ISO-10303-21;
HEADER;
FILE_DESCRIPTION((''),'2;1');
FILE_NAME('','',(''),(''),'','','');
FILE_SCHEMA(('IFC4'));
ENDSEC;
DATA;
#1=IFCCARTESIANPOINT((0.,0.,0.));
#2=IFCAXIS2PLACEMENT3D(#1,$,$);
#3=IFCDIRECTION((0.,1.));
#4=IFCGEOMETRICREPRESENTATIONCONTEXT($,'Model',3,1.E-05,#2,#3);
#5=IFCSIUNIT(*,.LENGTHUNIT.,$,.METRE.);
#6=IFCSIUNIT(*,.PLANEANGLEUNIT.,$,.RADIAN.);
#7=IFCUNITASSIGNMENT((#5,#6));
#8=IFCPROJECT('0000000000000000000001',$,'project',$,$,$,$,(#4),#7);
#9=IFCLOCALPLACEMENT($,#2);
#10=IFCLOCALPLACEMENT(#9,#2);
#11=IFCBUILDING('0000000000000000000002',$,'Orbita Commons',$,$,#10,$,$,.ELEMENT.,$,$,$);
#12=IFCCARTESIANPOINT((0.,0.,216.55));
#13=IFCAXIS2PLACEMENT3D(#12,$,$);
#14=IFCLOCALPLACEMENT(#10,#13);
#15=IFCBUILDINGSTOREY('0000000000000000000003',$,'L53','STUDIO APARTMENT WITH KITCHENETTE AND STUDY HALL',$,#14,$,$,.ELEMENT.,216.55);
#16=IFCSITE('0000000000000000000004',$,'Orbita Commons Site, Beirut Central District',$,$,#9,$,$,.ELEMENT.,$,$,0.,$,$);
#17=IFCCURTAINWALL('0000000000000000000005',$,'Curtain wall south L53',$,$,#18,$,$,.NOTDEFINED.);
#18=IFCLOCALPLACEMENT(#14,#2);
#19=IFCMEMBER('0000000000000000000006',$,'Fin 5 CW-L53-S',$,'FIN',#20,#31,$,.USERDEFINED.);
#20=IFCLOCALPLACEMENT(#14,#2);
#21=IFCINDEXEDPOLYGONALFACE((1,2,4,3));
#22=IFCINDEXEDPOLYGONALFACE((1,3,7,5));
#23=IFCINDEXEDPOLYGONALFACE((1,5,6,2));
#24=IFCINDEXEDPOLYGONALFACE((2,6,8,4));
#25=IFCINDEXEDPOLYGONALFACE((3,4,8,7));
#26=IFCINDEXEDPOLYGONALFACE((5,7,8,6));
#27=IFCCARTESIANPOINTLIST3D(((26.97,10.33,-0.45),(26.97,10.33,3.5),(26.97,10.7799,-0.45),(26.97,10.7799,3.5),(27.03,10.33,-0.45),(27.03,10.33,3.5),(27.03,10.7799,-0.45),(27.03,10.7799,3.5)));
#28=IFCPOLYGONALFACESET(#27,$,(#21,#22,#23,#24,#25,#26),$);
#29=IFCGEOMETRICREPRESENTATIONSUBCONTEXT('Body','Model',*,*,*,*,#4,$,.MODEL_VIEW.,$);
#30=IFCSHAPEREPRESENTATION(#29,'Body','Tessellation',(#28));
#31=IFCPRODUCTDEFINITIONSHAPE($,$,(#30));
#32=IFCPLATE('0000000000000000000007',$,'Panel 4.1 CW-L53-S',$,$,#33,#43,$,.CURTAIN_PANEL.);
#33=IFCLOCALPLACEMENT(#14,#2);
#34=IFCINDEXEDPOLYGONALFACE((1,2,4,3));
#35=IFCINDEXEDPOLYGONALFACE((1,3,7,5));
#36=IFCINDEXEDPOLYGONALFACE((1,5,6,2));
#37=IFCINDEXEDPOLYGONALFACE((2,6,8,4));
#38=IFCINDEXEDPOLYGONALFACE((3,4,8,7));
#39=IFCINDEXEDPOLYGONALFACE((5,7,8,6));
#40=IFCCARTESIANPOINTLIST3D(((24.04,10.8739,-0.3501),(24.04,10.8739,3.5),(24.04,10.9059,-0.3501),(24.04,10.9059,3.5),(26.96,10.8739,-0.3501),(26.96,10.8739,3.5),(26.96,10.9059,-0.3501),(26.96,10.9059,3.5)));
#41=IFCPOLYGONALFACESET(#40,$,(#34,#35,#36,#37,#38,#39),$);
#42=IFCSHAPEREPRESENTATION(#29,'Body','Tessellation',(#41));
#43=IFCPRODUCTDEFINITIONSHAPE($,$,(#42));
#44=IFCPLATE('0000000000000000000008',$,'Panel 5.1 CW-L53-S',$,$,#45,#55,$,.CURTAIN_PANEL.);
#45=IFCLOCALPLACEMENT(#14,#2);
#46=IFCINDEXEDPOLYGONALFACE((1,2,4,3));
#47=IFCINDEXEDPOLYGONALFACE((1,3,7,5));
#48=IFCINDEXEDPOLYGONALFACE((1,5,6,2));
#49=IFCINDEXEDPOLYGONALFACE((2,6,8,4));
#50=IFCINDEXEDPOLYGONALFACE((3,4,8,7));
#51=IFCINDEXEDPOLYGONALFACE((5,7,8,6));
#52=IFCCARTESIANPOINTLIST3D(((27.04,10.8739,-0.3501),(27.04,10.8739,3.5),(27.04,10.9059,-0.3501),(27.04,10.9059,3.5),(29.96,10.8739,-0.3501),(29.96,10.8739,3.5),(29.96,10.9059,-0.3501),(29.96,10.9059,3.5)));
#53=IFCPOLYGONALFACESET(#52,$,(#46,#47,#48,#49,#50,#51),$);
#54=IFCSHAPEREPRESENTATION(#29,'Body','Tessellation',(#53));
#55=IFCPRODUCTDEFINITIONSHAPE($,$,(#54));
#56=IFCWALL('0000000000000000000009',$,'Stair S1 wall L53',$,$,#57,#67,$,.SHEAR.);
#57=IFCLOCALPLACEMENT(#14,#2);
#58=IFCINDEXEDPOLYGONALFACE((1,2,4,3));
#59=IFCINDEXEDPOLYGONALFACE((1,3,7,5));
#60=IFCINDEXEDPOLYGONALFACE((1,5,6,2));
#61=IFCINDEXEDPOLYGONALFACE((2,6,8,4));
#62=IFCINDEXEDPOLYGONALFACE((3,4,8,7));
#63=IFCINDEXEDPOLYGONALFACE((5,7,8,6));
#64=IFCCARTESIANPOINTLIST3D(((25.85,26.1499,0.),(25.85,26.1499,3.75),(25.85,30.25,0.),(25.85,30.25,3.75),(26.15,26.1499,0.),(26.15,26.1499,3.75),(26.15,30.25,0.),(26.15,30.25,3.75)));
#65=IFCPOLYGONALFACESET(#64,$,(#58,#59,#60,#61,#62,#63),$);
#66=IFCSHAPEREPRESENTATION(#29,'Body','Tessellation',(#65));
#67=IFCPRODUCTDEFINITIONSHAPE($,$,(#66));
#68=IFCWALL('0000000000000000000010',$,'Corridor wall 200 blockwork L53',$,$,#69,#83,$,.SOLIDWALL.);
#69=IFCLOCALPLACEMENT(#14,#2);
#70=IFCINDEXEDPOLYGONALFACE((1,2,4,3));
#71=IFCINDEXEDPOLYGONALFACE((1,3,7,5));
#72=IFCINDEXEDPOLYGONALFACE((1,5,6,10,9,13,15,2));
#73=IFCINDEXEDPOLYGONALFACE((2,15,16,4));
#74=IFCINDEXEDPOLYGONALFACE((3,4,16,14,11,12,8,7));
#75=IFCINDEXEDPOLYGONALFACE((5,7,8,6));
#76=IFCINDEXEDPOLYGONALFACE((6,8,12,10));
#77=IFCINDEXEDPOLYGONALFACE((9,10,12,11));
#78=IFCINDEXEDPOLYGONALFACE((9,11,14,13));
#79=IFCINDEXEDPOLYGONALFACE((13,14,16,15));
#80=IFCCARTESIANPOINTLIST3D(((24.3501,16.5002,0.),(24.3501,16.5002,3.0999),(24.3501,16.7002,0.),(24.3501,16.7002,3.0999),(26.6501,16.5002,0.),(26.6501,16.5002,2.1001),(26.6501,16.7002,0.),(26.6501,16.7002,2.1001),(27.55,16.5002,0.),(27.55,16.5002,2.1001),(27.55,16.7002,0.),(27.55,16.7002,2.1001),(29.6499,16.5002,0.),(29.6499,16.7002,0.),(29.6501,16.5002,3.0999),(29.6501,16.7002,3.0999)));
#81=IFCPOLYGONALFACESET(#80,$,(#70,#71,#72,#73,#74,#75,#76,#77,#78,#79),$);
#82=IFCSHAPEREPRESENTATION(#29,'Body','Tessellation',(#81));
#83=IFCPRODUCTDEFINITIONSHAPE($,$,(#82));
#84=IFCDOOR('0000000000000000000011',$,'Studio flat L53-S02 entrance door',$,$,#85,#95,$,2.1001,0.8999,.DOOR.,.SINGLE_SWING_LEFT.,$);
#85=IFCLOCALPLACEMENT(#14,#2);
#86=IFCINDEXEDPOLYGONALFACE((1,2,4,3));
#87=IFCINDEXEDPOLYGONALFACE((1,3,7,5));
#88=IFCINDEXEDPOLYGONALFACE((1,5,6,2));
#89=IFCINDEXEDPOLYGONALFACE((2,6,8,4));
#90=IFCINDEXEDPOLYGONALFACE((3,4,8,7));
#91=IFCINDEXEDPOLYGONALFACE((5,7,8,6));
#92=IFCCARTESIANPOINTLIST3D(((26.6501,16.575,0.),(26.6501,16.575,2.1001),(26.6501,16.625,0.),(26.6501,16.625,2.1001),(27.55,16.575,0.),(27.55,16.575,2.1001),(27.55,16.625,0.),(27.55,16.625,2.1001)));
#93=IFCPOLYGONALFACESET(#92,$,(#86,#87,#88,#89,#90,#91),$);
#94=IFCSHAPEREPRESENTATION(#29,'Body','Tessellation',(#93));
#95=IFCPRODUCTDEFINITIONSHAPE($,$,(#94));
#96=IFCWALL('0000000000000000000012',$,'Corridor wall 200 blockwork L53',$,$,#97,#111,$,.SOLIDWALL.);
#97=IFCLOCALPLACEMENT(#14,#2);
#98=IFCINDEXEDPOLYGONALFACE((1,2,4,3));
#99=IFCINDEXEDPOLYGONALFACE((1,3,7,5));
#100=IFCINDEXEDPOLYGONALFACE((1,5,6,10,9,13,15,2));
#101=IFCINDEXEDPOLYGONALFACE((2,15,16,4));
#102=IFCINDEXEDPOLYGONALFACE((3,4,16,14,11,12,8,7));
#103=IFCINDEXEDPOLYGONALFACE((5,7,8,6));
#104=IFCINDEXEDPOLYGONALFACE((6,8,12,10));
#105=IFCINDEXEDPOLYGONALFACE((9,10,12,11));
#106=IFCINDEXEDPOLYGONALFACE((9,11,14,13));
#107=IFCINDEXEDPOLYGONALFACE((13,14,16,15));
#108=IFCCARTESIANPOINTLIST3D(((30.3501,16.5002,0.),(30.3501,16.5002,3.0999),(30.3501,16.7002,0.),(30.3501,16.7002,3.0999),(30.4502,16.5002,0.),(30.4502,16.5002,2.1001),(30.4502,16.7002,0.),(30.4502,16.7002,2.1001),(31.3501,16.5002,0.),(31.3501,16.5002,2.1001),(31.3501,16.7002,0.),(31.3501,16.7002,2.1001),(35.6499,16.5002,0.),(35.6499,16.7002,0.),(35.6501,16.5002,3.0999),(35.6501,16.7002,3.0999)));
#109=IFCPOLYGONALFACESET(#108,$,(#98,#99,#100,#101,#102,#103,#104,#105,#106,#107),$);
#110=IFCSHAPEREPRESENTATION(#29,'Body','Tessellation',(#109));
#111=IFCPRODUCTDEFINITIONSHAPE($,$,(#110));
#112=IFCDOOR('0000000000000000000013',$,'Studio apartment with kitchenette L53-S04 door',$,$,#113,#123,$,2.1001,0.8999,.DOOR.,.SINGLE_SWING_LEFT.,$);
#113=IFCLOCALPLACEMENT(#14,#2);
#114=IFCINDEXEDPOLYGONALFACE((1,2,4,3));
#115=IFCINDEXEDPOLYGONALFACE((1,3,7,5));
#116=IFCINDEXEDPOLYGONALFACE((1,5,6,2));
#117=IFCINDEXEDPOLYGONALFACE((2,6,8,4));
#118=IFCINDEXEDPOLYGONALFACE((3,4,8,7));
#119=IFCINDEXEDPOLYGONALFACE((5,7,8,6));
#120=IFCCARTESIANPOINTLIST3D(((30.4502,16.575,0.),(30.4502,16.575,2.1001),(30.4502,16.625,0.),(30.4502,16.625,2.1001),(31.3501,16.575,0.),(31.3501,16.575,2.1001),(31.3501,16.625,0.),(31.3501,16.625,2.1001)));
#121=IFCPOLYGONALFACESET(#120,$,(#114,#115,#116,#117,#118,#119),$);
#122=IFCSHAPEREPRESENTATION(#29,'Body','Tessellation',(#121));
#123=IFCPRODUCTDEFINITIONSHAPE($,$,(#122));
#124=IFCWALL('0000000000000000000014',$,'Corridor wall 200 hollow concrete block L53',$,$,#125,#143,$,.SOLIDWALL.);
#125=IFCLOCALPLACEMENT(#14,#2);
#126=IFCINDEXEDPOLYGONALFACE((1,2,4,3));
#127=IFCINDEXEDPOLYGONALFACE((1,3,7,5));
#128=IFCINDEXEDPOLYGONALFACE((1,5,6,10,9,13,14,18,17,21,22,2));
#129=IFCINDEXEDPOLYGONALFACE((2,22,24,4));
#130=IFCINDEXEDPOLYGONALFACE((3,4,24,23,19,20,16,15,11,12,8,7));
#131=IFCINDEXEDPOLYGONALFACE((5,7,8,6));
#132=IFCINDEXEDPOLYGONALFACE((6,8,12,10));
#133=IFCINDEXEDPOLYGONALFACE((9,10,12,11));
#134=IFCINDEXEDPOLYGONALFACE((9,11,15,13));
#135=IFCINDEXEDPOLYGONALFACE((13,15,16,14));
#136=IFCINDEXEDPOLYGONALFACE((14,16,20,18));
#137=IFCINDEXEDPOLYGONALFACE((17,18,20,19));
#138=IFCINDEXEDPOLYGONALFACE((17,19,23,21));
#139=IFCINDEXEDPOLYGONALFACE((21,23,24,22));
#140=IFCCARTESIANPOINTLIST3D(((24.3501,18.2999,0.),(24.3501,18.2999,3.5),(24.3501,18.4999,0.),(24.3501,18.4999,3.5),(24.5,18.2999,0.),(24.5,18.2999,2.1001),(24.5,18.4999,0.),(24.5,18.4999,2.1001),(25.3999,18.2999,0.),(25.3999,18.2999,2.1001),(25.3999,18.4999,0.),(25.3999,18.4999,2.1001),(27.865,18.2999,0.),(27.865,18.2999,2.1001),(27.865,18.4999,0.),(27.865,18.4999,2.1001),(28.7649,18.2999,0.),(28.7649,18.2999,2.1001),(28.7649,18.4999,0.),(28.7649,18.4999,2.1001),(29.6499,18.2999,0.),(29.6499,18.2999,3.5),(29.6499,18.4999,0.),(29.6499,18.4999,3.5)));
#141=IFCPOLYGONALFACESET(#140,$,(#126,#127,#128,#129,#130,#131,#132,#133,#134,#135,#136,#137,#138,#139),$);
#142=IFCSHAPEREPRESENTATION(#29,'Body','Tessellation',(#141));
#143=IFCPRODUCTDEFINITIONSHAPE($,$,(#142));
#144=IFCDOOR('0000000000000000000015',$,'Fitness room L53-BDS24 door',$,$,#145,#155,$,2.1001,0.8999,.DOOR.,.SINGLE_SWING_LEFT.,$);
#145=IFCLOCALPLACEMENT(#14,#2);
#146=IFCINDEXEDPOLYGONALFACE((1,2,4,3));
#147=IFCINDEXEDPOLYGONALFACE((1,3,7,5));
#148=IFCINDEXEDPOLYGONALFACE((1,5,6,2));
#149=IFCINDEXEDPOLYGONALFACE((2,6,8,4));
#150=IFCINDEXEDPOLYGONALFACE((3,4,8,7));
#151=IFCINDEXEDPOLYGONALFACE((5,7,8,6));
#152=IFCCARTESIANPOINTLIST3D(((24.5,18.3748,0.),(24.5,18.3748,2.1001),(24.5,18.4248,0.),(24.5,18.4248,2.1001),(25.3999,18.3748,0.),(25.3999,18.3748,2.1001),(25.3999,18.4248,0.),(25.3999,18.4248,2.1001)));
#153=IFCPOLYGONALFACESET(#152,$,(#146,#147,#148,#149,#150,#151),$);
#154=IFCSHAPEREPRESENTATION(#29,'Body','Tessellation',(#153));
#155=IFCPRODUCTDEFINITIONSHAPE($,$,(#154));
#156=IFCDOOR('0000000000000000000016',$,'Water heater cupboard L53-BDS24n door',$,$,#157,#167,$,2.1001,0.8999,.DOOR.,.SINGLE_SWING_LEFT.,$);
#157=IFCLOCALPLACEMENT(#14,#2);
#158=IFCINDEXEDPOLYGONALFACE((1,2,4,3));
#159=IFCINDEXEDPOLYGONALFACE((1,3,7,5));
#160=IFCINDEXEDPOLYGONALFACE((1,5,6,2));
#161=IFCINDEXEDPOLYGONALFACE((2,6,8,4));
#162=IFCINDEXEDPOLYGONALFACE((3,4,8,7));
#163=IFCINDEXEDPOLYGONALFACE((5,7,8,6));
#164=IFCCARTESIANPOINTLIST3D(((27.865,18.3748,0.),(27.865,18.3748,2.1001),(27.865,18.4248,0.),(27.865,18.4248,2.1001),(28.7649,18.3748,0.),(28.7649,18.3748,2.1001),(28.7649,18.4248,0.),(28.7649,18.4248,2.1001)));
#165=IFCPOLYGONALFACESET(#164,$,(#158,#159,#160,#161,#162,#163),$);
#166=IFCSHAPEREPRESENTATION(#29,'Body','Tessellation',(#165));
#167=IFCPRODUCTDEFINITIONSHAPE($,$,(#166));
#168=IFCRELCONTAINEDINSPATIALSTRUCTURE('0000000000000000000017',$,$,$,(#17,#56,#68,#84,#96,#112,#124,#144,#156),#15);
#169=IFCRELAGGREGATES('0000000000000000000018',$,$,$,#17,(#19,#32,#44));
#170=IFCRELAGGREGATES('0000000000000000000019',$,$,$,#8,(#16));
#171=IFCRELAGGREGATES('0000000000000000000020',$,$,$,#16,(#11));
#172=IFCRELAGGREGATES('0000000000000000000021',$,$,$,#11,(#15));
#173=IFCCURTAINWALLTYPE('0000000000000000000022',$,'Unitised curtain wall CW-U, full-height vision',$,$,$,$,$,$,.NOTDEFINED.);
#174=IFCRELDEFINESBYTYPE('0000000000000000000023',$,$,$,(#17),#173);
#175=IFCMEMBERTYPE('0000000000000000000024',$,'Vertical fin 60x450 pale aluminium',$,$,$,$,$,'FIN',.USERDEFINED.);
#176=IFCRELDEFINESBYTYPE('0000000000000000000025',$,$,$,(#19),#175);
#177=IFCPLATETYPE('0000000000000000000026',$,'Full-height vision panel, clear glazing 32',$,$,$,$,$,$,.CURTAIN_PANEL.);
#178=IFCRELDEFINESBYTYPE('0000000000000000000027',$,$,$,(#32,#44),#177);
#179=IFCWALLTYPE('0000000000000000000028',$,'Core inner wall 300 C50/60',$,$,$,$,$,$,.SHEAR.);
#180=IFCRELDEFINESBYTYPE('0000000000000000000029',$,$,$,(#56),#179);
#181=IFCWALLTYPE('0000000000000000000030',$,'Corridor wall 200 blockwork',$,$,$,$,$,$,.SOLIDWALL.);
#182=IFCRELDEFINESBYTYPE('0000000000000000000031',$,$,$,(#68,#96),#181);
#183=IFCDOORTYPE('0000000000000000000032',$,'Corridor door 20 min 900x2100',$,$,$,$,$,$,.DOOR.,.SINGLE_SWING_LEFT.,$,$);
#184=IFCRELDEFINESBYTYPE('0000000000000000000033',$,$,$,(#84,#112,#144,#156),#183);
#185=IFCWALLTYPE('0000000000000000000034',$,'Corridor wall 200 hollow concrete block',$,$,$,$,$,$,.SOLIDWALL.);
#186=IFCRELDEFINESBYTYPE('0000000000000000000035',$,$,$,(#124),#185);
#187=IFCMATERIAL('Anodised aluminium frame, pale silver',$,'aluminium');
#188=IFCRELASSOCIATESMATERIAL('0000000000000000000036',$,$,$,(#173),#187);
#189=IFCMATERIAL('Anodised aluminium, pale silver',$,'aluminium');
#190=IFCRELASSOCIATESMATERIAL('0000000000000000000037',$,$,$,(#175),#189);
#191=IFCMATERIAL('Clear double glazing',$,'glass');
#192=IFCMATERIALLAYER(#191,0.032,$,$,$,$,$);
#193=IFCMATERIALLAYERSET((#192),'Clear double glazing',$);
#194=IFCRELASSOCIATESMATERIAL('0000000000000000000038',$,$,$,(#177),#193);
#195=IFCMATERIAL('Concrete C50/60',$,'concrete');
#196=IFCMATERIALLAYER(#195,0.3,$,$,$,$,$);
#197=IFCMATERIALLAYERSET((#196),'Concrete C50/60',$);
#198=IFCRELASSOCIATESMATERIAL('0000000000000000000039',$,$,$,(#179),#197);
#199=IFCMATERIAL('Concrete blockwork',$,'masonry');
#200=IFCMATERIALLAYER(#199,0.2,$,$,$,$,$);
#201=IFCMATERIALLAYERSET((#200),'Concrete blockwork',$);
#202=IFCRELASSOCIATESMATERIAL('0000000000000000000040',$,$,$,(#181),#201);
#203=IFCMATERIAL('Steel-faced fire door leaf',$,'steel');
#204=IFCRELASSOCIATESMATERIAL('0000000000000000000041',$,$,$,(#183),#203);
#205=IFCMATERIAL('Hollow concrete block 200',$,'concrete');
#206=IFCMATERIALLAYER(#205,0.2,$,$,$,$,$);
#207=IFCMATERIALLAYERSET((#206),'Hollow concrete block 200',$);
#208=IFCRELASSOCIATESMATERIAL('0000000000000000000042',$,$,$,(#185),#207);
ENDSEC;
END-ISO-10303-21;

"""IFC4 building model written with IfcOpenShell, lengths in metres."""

from ifc_helpers import new_model, si_unit, direction, frame, frame_2d, origin, origin_2d, place, context, subcontext, project, spatial, polyline, rectangle, outline, extrude, material, layer, layer_set, material_profile, profile_set, type_object, element, fill, aggregate, save


model = new_model("IFC4")

# Units and contexts
model_context = context("Model", 3, precision=1e-05, world=origin(), true_north=direction((0.0, 1.0)))
body_context = subcontext(model_context, "Body", "Model", "MODEL_VIEW")
ifc_project = project(units=[si_unit("LENGTHUNIT", "METRE"), si_unit("PLANEANGLEUNIT", "RADIAN")], contexts=[model_context])

# Site, building, storey
site_placement = place(None, origin())
site = spatial("IfcSite", under=ifc_project, at=site_placement, Name="Orbita Commons Site, Beirut Central District", CompositionType="ELEMENT", RefElevation=0.0)
building_placement = place(site_placement, origin())
building = spatial("IfcBuilding", under=site, at=building_placement, Name="Orbita Commons", CompositionType="ELEMENT")
storey_placement = place(building_placement, frame((0.0, 0.0, 216.55)))
storey = spatial("IfcBuildingStorey", under=building, at=storey_placement, Name="L53", Description="STUDIO APARTMENT WITH KITCHENETTE AND STUDY HALL", CompositionType="ELEMENT", Elevation=216.55)

# Curtain wall
ifc_material_1 = material(Name="Anodised aluminium frame, pale silver", Category="aluminium")
curtain_wall_type = type_object("IfcCurtainWallType", Name="Unitised curtain wall CW-U, full-height vision", PredefinedType="NOTDEFINED", material=ifc_material_1)
curtain_wall_placement = place(storey_placement, origin())
curtain_wall = element("IfcCurtainWall", 1, at=curtain_wall_placement, inside=storey, type_object=curtain_wall_type, Name="Curtain wall south L53", PredefinedType="NOTDEFINED")

# Member
ifc_material_2 = material(Name="Anodised aluminium, pale silver", Category="aluminium")
ifc_material_profile_1 = material_profile(ifc_material_2, rectangle(XDim=0.0601, YDim=0.45, at=origin_2d()), Name="FIN 60x450")
ifc_profile_set_1 = profile_set([ifc_material_profile_1], Name="Anodised aluminium, pale silver")
member_type_1 = type_object("IfcMemberType", Name="Vertical fin 60x450 pale aluminium", ElementType="FIN", PredefinedType="USERDEFINED", material=ifc_profile_set_1)
member_1_placement = place(storey_placement, frame((27.0, 10.5549, -0.45), z_axis=(0.0, 0.0, 1.0), x_axis=(1.0, 0.0, 0.0)))
member_1 = element("IfcMember", 2, at=member_1_placement, type_object=member_type_1, Name="Fin 5 CW-L53-S", ObjectType="FIN", PredefinedType="USERDEFINED", context=body_context, shape_type="SweptSolid", body=[
    extrude(rectangle(XDim=0.0601, YDim=0.45, at=origin_2d()), origin(), (0.0, 0.0, 1.0), 3.95),
])

# Plates
ifc_material_3 = material(Name="Clear double glazing", Category="glass")
ifc_layer_1 = layer(ifc_material_3, 0.032)
ifc_layer_set_1 = layer_set([ifc_layer_1], Name="Clear double glazing")
plate_type = type_object("IfcPlateType", Name="Full-height vision panel, clear glazing 32", PredefinedType="CURTAIN_PANEL", material=ifc_layer_set_1)
plate_1_placement = place(storey_placement, frame((25.5, 10.8899, -0.3501), z_axis=(0.0, 0.0, 1.0), x_axis=(1.0, 0.0, 0.0)))
plate_1 = element("IfcPlate", 3, at=plate_1_placement, type_object=plate_type, Name="Panel 4.1 CW-L53-S", PredefinedType="CURTAIN_PANEL", context=body_context, shape_type="SweptSolid", body=[
    extrude(rectangle(XDim=2.9199, YDim=0.032, at=origin_2d()), origin(), (0.0, 0.0, 1.0), 3.8501),
])
plate_2_placement = place(storey_placement, frame((28.5, 10.8899, -0.3501), z_axis=(0.0, 0.0, 1.0), x_axis=(1.0, 0.0, 0.0)))
plate_2 = element("IfcPlate", 4, at=plate_2_placement, type_object=plate_type, Name="Panel 5.1 CW-L53-S", PredefinedType="CURTAIN_PANEL", context=body_context, shape_type="SweptSolid", body=[
    extrude(rectangle(XDim=2.9199, YDim=0.032, at=origin_2d()), origin(), (0.0, 0.0, 1.0), 3.8501),
])
aggregate(curtain_wall, [member_1, plate_1, plate_2])

# Wall
ifc_material_4 = material(Name="Concrete C50/60", Category="concrete")
ifc_layer_2 = layer(ifc_material_4, 0.3)
ifc_layer_set_2 = layer_set([ifc_layer_2], Name="Concrete C50/60")
wall_type_1 = type_object("IfcWallType", Name="Core inner wall 300 C50/60", PredefinedType="SHEAR", material=ifc_layer_set_2)
wall_1_placement = place(storey_placement, frame((26.0, 26.1499, 0.0), z_axis=(0.0, 0.0, 1.0), x_axis=(0.0, 1.0, 0.0)))
element("IfcWall", 5, at=wall_1_placement, inside=storey, type_object=wall_type_1, Name="Stair S1 wall L53", PredefinedType="SHEAR", context=body_context, shape_type="SweptSolid", body=[
    extrude(rectangle(XDim=4.1001, YDim=0.3, at=frame_2d((2.05, 0.0))), origin(), (0.0, 0.0, 1.0), 3.75),
])

# Walls, openings, doors
ifc_material_5 = material(Name="Concrete blockwork", Category="masonry")
ifc_layer_3 = layer(ifc_material_5, 0.2)
ifc_layer_set_3 = layer_set([ifc_layer_3], Name="Concrete blockwork")
wall_type_2 = type_object("IfcWallType", Name="Corridor wall 200 blockwork", PredefinedType="SOLIDWALL", material=ifc_layer_set_3)
wall_2_placement = place(storey_placement, frame((24.3501, 16.6001, 0.0), z_axis=(0.0, 0.0, 1.0), x_axis=(1.0, 0.0, 0.0)))
wall_2 = element("IfcWall", 6, at=wall_2_placement, inside=storey, type_object=wall_type_2, Name="Corridor wall 200 blockwork L53", PredefinedType="SOLIDWALL", context=body_context, shape_type="SweptSolid", body=[
    extrude(outline(polyline([(0.0, 0.0), (5.2998, 0.0), (5.3, 3.0999), (0.0, 3.0999), (0.0, 0.0)])), frame((0.0, 0.1001, 0.0), z_axis=(0.0, -1.0, 0.0), x_axis=(1.0, 0.0, 0.0)), (0.0, 0.0, 1.0), 0.2),
])
opening_1_placement = place(wall_2_placement, frame((2.3, 0.0, 0.0)))
opening_1 = element("IfcOpeningElement", 7, at=opening_1_placement, cuts=wall_2, PredefinedType="OPENING", context=body_context, shape_type="SweptSolid", body=[
    extrude(rectangle(XDim=0.8999, YDim=2.1001, at=frame_2d((0.45, 1.05))), frame((0.0, 0.1099, 0.0), z_axis=(0.0, -1.0, 0.0), x_axis=(1.0, 0.0, 0.0)), (0.0, 0.0, 1.0), 0.22),
])
ifc_material_6 = material(Name="Steel-faced fire door leaf", Category="steel")
door_type_1 = type_object("IfcDoorType", Name="Corridor door 20 min 900x2100", OperationType="SINGLE_SWING_LEFT", PredefinedType="DOOR", material=ifc_material_6)
door_1_placement = place(opening_1_placement, origin())
door_1 = element("IfcDoor", 8, at=door_1_placement, inside=storey, type_object=door_type_1, Name="Studio flat L53-S02 entrance door", OperationType="SINGLE_SWING_LEFT", OverallHeight=2.1001, OverallWidth=0.8999, PredefinedType="DOOR", context=body_context, shape_type="SweptSolid", body=[
    extrude(rectangle(XDim=0.8999, YDim=2.1001, at=frame_2d((0.45, 1.05))), frame((0.0, 0.0249, 0.0), z_axis=(0.0, -1.0, 0.0), x_axis=(1.0, 0.0, 0.0)), (0.0, 0.0, 1.0), 0.05),
])
fill(opening_1, door_1)
wall_3_placement = place(storey_placement, frame((30.3501, 16.6001, 0.0), z_axis=(0.0, 0.0, 1.0), x_axis=(1.0, 0.0, 0.0)))
wall_3 = element("IfcWall", 9, at=wall_3_placement, inside=storey, type_object=wall_type_2, Name="Corridor wall 200 blockwork L53", PredefinedType="SOLIDWALL", context=body_context, shape_type="SweptSolid", body=[
    extrude(outline(polyline([(0.0, 0.0), (5.2998, 0.0), (5.3, 3.0999), (0.0, 3.0999), (0.0, 0.0)])), frame((0.0, 0.1001, 0.0), z_axis=(0.0, -1.0, 0.0), x_axis=(1.0, 0.0, 0.0)), (0.0, 0.0, 1.0), 0.2),
])
opening_2_placement = place(wall_3_placement, frame((0.1001, 0.0, 0.0)))
opening_2 = element("IfcOpeningElement", 10, at=opening_2_placement, cuts=wall_3, PredefinedType="OPENING", context=body_context, shape_type="SweptSolid", body=[
    extrude(rectangle(XDim=0.8999, YDim=2.1001, at=frame_2d((0.45, 1.05))), frame((0.0, 0.1099, 0.0), z_axis=(0.0, -1.0, 0.0), x_axis=(1.0, 0.0, 0.0)), (0.0, 0.0, 1.0), 0.22),
])
door_2_placement = place(opening_2_placement, origin())
door_2 = element("IfcDoor", 11, at=door_2_placement, inside=storey, type_object=door_type_1, Name="Studio apartment with kitchenette L53-S04 door", OperationType="SINGLE_SWING_LEFT", OverallHeight=2.1001, OverallWidth=0.8999, PredefinedType="DOOR", context=body_context, shape_type="SweptSolid", body=[
    extrude(rectangle(XDim=0.8999, YDim=2.1001, at=frame_2d((0.45, 1.05))), frame((0.0, 0.0249, 0.0), z_axis=(0.0, -1.0, 0.0), x_axis=(1.0, 0.0, 0.0)), (0.0, 0.0, 1.0), 0.05),
])
fill(opening_2, door_2)

# Wall, openings, doors
ifc_material_7 = material(Name="Hollow concrete block 200", Category="concrete")
ifc_layer_4 = layer(ifc_material_7, 0.2)
ifc_layer_set_4 = layer_set([ifc_layer_4], Name="Hollow concrete block 200")
wall_type_3 = type_object("IfcWallType", Name="Corridor wall 200 hollow concrete block", PredefinedType="SOLIDWALL", material=ifc_layer_set_4)
wall_4_placement = place(storey_placement, frame((24.3501, 18.3999, 0.0), z_axis=(0.0, 0.0, 1.0), x_axis=(1.0, 0.0, 0.0)))
wall_4 = element("IfcWall", 12, at=wall_4_placement, inside=storey, type_object=wall_type_3, Name="Corridor wall 200 hollow concrete block L53", PredefinedType="SOLIDWALL", context=body_context, shape_type="SweptSolid", body=[
    extrude(rectangle(XDim=5.2998, YDim=0.2, at=frame_2d((2.6499, 0.0))), origin(), (0.0, 0.0, 1.0), 3.5),
])
opening_3_placement = place(wall_4_placement, frame((0.1499, 0.0, 0.0)))
opening_3 = element("IfcOpeningElement", 13, at=opening_3_placement, cuts=wall_4, PredefinedType="OPENING", context=body_context, shape_type="SweptSolid", body=[
    extrude(rectangle(XDim=0.8999, YDim=2.1001, at=frame_2d((0.45, 1.05))), frame((0.0, 0.1099, 0.0), z_axis=(0.0, -1.0, 0.0), x_axis=(1.0, 0.0, 0.0)), (0.0, 0.0, 1.0), 0.22),
])
opening_4_placement = place(wall_4_placement, frame((3.5149, 0.0, 0.0)))
opening_4 = element("IfcOpeningElement", 14, at=opening_4_placement, cuts=wall_4, PredefinedType="OPENING", context=body_context, shape_type="SweptSolid", body=[
    extrude(rectangle(XDim=0.8999, YDim=2.1001, at=frame_2d((0.45, 1.05))), frame((0.0, 0.1099, 0.0), z_axis=(0.0, -1.0, 0.0), x_axis=(1.0, 0.0, 0.0)), (0.0, 0.0, 1.0), 0.22),
])
door_3_placement = place(opening_3_placement, origin())
door_3 = element("IfcDoor", 15, at=door_3_placement, inside=storey, type_object=door_type_1, Name="Fitness room L53-BDS24 door", OperationType="SINGLE_SWING_LEFT", OverallHeight=2.1001, OverallWidth=0.8999, PredefinedType="DOOR", context=body_context, shape_type="SweptSolid", body=[
    extrude(rectangle(XDim=0.8999, YDim=2.1001, at=frame_2d((0.45, 1.05))), frame((0.0, 0.0249, 0.0), z_axis=(0.0, -1.0, 0.0), x_axis=(1.0, 0.0, 0.0)), (0.0, 0.0, 1.0), 0.05),
])
fill(opening_3, door_3)
door_4_placement = place(opening_4_placement, origin())
door_4 = element("IfcDoor", 16, at=door_4_placement, inside=storey, type_object=door_type_1, Name="Water heater cupboard L53-BDS24n door", OperationType="SINGLE_SWING_LEFT", OverallHeight=2.1001, OverallWidth=0.8999, PredefinedType="DOOR", context=body_context, shape_type="SweptSolid", body=[
    extrude(rectangle(XDim=0.8999, YDim=2.1001, at=frame_2d((0.45, 1.05))), frame((0.0, 0.0249, 0.0), z_axis=(0.0, -1.0, 0.0), x_axis=(1.0, 0.0, 0.0)), (0.0, 0.0, 1.0), 0.05),
])
fill(opening_4, door_4)

save(model, "model.ifc")
